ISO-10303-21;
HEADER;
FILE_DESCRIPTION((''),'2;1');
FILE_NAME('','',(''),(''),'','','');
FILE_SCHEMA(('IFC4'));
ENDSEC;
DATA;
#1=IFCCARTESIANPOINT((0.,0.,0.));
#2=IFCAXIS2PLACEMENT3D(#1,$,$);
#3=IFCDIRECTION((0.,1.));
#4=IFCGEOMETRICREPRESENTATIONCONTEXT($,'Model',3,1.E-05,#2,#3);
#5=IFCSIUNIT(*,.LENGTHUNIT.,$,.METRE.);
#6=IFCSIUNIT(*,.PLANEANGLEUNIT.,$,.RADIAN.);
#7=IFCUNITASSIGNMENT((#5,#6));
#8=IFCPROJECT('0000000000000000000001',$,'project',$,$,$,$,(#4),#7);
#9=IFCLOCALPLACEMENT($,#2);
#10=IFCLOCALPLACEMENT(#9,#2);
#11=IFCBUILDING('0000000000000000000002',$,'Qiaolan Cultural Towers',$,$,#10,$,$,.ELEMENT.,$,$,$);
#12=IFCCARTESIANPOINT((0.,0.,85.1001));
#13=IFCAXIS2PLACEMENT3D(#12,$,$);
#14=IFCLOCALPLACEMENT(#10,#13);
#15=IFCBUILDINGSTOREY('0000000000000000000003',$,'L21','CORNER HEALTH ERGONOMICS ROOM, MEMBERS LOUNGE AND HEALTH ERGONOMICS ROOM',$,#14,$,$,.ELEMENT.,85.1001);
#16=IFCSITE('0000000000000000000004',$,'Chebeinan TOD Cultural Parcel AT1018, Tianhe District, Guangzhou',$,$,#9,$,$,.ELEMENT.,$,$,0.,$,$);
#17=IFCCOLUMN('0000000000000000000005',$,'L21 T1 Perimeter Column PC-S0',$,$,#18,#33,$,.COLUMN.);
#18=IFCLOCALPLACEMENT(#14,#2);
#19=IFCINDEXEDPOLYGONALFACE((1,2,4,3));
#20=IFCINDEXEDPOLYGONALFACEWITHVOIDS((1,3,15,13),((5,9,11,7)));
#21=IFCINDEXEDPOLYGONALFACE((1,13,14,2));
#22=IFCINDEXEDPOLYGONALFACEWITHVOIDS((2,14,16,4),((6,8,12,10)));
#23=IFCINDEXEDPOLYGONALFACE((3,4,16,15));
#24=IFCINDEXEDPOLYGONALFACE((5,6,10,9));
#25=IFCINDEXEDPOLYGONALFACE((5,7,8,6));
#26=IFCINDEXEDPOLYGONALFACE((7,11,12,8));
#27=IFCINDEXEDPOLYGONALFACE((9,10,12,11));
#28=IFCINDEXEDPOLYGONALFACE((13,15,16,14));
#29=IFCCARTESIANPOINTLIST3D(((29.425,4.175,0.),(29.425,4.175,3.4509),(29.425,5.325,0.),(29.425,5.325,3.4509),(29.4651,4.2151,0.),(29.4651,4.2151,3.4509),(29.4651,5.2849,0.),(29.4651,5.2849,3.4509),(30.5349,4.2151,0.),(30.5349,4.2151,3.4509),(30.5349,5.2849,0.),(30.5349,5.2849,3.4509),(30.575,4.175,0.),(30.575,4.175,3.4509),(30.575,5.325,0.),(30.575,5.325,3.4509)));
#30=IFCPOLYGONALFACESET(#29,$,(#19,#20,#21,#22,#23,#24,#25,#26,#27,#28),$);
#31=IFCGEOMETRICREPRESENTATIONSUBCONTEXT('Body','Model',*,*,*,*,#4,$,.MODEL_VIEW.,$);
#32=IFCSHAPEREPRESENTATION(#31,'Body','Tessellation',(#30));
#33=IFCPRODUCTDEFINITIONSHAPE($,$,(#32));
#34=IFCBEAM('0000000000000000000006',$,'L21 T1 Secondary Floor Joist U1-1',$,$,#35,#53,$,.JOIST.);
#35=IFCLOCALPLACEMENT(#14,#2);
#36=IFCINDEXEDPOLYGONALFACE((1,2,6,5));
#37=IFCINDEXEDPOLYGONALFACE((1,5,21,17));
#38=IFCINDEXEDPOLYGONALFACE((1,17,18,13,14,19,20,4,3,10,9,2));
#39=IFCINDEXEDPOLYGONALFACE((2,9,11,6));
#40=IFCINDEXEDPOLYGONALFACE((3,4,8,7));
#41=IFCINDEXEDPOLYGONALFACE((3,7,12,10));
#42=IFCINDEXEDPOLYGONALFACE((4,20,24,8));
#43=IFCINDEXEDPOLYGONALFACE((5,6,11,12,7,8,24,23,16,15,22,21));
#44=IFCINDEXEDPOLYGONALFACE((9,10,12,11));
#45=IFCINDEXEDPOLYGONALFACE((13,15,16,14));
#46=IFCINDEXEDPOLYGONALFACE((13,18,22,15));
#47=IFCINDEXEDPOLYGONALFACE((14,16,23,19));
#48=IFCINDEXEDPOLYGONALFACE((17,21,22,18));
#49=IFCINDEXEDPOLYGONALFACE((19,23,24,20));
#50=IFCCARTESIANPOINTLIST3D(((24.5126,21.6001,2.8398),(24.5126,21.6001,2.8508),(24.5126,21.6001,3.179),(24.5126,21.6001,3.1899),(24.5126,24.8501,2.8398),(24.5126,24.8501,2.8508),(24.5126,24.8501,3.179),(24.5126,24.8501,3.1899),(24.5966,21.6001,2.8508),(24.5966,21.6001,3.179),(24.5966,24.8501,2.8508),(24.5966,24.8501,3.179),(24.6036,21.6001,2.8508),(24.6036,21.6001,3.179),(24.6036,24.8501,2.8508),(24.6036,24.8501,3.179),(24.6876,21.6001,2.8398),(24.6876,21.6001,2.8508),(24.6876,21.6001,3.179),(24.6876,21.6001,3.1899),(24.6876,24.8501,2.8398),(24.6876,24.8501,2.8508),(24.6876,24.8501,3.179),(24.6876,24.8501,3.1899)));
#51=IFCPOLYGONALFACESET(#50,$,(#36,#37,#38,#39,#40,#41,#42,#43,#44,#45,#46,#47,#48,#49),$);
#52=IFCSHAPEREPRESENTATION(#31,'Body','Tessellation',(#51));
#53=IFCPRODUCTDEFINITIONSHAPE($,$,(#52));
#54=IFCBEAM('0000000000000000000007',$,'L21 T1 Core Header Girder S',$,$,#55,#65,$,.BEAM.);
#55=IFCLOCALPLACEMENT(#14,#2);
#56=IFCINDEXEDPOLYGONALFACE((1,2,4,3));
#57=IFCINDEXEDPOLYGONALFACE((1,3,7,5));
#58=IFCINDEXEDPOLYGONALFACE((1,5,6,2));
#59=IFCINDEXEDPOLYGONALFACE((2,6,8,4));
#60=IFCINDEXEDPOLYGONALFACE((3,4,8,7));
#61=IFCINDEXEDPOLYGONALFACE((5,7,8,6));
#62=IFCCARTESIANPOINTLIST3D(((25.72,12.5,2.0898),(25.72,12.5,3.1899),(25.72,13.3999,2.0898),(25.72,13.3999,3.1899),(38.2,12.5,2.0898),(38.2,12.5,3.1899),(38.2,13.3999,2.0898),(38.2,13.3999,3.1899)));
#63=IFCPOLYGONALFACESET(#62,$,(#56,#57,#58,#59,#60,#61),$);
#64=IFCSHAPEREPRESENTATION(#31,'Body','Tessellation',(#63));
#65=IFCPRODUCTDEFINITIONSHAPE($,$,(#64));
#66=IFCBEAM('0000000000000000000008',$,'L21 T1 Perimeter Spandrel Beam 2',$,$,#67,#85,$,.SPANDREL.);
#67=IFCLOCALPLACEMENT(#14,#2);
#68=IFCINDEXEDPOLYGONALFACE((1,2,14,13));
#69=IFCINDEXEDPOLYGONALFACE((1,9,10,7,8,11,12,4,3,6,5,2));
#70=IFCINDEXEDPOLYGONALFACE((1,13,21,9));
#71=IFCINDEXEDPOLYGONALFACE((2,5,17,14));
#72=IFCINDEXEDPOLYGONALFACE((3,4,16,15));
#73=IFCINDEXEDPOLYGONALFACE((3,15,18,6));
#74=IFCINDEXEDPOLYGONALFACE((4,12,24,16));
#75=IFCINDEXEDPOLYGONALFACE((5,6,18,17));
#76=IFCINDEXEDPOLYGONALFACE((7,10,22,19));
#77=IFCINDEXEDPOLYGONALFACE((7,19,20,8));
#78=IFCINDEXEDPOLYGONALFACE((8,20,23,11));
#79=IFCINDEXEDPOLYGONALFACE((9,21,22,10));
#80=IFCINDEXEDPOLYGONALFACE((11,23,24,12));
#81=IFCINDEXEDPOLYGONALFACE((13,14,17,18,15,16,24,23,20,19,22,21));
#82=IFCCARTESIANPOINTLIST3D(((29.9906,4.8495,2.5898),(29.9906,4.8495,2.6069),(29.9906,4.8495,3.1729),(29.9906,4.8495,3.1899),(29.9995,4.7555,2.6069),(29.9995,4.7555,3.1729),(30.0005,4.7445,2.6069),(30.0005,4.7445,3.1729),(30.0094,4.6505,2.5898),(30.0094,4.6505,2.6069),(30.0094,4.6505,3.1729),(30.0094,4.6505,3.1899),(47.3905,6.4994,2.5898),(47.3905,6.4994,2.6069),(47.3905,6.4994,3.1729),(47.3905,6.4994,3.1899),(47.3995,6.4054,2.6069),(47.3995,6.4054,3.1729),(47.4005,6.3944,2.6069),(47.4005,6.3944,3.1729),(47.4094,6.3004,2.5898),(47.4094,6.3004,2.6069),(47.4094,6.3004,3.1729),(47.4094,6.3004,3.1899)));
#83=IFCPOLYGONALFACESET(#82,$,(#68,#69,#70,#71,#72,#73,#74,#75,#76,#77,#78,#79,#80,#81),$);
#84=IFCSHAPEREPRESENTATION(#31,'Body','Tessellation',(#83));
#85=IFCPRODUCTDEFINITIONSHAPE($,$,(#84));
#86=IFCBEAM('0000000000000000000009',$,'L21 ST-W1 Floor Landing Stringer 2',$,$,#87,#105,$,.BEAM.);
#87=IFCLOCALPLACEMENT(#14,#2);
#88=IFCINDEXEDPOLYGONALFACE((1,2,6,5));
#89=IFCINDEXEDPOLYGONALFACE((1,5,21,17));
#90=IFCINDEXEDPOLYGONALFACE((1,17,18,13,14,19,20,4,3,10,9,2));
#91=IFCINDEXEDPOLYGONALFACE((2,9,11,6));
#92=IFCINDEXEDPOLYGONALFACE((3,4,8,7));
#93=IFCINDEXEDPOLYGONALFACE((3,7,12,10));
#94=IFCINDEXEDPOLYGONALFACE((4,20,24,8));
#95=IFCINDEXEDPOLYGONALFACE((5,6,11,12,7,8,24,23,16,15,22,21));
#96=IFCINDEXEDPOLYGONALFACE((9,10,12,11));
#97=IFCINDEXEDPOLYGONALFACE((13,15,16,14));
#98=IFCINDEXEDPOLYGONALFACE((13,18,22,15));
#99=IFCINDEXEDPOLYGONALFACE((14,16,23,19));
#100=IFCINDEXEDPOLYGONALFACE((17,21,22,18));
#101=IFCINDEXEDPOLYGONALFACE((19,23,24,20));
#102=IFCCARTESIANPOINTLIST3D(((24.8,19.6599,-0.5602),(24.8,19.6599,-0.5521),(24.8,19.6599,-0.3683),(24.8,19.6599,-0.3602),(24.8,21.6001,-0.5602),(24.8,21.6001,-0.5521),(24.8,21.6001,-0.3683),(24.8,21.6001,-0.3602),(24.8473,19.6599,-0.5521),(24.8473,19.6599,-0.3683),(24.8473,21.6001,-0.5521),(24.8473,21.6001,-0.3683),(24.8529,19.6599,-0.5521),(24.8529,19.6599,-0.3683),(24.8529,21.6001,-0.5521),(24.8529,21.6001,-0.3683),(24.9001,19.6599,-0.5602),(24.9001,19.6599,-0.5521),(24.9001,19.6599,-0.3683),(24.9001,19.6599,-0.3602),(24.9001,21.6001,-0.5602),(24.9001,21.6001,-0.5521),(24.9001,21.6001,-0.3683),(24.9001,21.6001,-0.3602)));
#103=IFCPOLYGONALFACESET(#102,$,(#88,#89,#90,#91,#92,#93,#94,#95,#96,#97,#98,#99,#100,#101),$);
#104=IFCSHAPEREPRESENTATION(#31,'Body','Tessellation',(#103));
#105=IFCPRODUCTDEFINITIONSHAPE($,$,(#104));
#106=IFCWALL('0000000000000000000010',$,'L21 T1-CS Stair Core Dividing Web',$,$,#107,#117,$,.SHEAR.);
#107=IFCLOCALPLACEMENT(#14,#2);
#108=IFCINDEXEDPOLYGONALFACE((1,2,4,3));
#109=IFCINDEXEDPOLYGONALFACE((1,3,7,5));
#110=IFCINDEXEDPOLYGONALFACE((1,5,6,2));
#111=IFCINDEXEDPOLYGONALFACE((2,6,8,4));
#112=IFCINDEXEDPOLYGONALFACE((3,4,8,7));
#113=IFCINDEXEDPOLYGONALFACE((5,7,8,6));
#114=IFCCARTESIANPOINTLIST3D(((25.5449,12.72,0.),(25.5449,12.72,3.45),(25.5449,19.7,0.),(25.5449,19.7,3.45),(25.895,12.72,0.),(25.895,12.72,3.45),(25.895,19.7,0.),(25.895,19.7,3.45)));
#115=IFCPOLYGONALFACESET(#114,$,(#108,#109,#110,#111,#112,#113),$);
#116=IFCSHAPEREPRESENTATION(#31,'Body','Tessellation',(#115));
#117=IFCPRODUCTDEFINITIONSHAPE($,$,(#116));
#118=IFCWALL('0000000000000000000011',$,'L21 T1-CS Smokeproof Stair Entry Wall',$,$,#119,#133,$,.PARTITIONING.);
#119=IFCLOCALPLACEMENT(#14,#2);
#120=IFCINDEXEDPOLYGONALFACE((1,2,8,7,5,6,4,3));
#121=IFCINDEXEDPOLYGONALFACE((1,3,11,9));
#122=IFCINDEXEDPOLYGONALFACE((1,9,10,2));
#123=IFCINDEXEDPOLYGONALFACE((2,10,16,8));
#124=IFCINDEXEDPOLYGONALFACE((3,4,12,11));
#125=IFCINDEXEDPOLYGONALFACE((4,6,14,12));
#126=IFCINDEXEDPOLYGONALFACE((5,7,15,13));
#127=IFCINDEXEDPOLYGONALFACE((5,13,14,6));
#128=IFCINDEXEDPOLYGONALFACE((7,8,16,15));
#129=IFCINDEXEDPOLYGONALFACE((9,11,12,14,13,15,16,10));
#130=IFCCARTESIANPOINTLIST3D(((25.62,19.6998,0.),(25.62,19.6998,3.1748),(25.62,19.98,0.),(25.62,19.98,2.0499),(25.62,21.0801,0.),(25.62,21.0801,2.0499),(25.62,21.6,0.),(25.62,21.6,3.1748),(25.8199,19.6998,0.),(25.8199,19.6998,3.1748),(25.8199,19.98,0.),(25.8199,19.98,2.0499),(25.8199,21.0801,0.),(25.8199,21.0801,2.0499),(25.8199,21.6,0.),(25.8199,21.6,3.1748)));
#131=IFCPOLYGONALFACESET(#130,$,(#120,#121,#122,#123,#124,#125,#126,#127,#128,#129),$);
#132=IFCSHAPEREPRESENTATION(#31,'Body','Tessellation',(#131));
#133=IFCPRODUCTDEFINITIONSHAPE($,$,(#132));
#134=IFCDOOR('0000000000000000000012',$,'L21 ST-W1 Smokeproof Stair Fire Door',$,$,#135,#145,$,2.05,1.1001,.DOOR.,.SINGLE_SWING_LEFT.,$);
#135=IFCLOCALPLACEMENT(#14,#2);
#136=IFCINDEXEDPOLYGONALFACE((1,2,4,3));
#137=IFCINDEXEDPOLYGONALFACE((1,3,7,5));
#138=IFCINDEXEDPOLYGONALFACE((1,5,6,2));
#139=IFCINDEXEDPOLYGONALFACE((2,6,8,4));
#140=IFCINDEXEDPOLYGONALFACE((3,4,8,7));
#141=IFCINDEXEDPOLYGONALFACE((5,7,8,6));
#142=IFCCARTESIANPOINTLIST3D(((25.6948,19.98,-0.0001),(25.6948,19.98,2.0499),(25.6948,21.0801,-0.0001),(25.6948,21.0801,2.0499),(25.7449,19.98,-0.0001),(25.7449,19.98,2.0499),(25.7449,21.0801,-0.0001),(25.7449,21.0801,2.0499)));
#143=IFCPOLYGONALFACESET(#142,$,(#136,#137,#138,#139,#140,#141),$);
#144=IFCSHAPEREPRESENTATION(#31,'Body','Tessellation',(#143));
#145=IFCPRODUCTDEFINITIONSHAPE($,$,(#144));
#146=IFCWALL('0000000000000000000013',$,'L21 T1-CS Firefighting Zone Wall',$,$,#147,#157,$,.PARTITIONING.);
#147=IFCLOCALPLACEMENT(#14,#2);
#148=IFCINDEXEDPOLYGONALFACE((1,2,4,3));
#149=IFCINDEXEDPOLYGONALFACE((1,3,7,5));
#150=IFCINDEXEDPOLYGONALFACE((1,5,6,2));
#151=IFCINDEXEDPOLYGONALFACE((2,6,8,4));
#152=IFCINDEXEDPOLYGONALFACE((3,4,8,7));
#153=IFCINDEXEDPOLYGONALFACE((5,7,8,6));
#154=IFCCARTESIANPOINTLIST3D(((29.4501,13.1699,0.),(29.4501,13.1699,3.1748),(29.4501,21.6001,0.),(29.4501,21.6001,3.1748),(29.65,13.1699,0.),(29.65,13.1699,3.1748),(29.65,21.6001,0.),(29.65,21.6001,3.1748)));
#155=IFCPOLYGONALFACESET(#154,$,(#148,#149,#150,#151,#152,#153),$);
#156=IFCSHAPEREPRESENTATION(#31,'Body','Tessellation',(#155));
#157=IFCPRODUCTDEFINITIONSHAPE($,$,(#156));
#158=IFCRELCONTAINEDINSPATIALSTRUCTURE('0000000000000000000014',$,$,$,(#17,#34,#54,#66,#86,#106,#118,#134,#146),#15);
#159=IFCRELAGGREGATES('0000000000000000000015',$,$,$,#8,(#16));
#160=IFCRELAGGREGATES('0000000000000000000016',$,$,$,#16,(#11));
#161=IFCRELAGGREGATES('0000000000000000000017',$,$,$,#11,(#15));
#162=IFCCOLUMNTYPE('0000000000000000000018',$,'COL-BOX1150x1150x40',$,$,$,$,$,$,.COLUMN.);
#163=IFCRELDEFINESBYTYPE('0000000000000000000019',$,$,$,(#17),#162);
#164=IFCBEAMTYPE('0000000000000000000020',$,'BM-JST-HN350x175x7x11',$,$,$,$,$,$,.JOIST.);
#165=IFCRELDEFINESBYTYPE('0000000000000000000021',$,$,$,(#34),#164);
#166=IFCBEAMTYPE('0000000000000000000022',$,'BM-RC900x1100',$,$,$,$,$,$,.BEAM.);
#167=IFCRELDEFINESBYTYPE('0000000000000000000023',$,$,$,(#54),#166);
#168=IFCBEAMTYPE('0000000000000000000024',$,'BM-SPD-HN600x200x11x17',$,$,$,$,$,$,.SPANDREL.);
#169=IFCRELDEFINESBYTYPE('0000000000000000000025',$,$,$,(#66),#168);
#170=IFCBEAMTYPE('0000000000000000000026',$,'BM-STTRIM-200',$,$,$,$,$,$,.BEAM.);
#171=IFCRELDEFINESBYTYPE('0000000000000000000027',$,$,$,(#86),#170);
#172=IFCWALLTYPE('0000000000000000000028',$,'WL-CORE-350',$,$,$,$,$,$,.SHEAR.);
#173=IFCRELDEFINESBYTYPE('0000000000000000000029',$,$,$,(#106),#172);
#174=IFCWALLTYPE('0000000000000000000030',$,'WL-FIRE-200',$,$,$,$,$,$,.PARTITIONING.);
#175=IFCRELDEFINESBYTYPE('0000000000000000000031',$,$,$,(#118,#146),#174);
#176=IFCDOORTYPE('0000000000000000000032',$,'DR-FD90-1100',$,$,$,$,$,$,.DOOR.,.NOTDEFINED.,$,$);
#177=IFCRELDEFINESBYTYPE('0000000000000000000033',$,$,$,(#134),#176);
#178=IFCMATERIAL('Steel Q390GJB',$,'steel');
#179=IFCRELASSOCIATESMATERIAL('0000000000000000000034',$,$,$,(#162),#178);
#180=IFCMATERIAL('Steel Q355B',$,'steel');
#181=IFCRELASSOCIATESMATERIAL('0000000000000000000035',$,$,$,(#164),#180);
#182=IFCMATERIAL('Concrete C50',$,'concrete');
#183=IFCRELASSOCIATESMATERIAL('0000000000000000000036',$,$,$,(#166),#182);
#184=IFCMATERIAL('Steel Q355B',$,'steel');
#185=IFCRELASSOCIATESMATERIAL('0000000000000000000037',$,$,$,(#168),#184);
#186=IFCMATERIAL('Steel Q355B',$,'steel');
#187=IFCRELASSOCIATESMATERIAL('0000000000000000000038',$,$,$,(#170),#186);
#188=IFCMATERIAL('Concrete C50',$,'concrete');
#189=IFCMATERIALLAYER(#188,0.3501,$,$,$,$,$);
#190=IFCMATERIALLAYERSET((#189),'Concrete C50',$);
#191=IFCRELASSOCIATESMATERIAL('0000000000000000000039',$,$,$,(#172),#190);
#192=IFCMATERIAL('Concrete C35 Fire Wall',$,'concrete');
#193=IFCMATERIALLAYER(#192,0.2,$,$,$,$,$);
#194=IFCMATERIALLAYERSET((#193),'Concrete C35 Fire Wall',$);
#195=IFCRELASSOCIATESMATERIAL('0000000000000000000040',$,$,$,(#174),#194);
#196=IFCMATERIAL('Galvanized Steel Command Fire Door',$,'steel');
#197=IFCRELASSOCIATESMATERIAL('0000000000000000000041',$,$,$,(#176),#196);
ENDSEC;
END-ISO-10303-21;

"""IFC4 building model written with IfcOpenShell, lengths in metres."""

from ifc_helpers import new_model, si_unit, direction, frame, frame_2d, origin, origin_2d, place, context, subcontext, project, spatial, rectangle, hollow_rectangle, i_section, extrude, material, layer, layer_set, material_profile, profile_set, type_object, element, fill, save


model = new_model("IFC4")

# Units and contexts
model_context = context("Model", 3, precision=1e-05, world=origin(), true_north=direction((0.0, 1.0)))
body_context = subcontext(model_context, "Body", "Model", "MODEL_VIEW")
ifc_project = project(units=[si_unit("LENGTHUNIT", "METRE"), si_unit("PLANEANGLEUNIT", "RADIAN")], contexts=[model_context])

# Site, building, storey
site_placement = place(None, origin())
site = spatial("IfcSite", under=ifc_project, at=site_placement, Name="Chebeinan TOD Cultural Parcel AT1018, Tianhe District, Guangzhou", CompositionType="ELEMENT", RefElevation=0.0)
building_placement = place(site_placement, origin())
building = spatial("IfcBuilding", under=site, at=building_placement, Name="Qiaolan Cultural Towers", CompositionType="ELEMENT")
storey_placement = place(building_placement, frame((0.0, 0.0, 85.1001)))
storey = spatial("IfcBuildingStorey", under=building, at=storey_placement, Name="L21", Description="CORNER HEALTH ERGONOMICS ROOM, MEMBERS LOUNGE AND HEALTH ERGONOMICS ROOM", CompositionType="ELEMENT", Elevation=85.1001)

# Column
ifc_material_1 = material(Name="Steel Q390GJB", Category="steel")
ifc_material_profile_1 = material_profile(ifc_material_1, hollow_rectangle(XDim=1.1499, YDim=1.1499, WallThickness=0.04, at=origin_2d()), Name="BOX1150x1150x40")
ifc_profile_set_1 = profile_set([ifc_material_profile_1], Name="Steel Q390GJB")
column_type = type_object("IfcColumnType", Name="COL-BOX1150x1150x40", PredefinedType="COLUMN", material=ifc_profile_set_1)
column_placement = place(storey_placement, frame((30.0, 4.75, 0.0), z_axis=(0.0, 0.0, 1.0), x_axis=(1.0, 0.0, 0.0)))
element("IfcColumn", 1, at=column_placement, inside=storey, type_object=column_type, Name="L21 T1 Perimeter Column PC-S0", PredefinedType="COLUMN", context=body_context, shape_type="SweptSolid", body=[
    extrude(hollow_rectangle(XDim=1.1499, YDim=1.1499, WallThickness=0.04, at=origin_2d()), origin(), (0.0, 0.0, 1.0), 3.4509),
])

# Beams
ifc_material_2 = material(Name="Steel Q355B", Category="steel")
ifc_material_profile_2 = material_profile(ifc_material_2, i_section(OverallWidth=0.175, OverallDepth=0.3501, WebThickness=0.0071, FlangeThickness=0.011, at=origin_2d()), Name="HN350x175x7x11")
ifc_profile_set_2 = profile_set([ifc_material_profile_2], Name="Steel Q355B")
beam_type_1 = type_object("IfcBeamType", Name="BM-JST-HN350x175x7x11", PredefinedType="JOIST", material=ifc_profile_set_2)
beam_1_placement = place(storey_placement, frame((24.6001, 21.6001, 3.0149), z_axis=(0.0, 1.0, 0.0), x_axis=(-1.0, 0.0, 0.0)))
element("IfcBeam", 2, at=beam_1_placement, inside=storey, type_object=beam_type_1, Name="L21 T1 Secondary Floor Joist U1-1", PredefinedType="JOIST", context=body_context, shape_type="SweptSolid", body=[
    extrude(i_section(OverallWidth=0.175, OverallDepth=0.3501, WebThickness=0.0071, FlangeThickness=0.011, at=origin_2d()), origin(), (0.0, 0.0, 1.0), 3.25),
])
ifc_material_3 = material(Name="Concrete C50", Category="concrete")
ifc_material_profile_3 = material_profile(ifc_material_3, rectangle(XDim=0.8999, YDim=1.1001, at=origin_2d()), Name="RC900x1100")
ifc_profile_set_3 = profile_set([ifc_material_profile_3], Name="Concrete C50")
beam_type_2 = type_object("IfcBeamType", Name="BM-RC900x1100", PredefinedType="BEAM", material=ifc_profile_set_3)
beam_2_placement = place(storey_placement, frame((25.72, 12.95, 2.6399), z_axis=(1.0, 0.0, 0.0), x_axis=(0.0, 1.0, 0.0)))
element("IfcBeam", 3, at=beam_2_placement, inside=storey, type_object=beam_type_2, Name="L21 T1 Core Header Girder S", PredefinedType="BEAM", context=body_context, shape_type="SweptSolid", body=[
    extrude(rectangle(XDim=0.8999, YDim=1.1001, at=origin_2d()), origin(), (0.0, 0.0, 1.0), 12.48),
])
ifc_material_4 = material(Name="Steel Q355B", Category="steel")
ifc_material_profile_4 = material_profile(ifc_material_4, i_section(OverallWidth=0.2, OverallDepth=0.6001, WebThickness=0.011, FlangeThickness=0.0171, at=origin_2d()), Name="HN600x200x11x17")
ifc_profile_set_4 = profile_set([ifc_material_profile_4], Name="Steel Q355B")
beam_type_3 = type_object("IfcBeamType", Name="BM-SPD-HN600x200x11x17", PredefinedType="SPANDREL", material=ifc_profile_set_4)
beam_3_placement = place(storey_placement, frame((30.0, 4.75, 2.8899), z_axis=(0.995534, 0.094399, 0.0), x_axis=(-0.094399, 0.995534, 0.0)))
element("IfcBeam", 4, at=beam_3_placement, inside=storey, type_object=beam_type_3, Name="L21 T1 Perimeter Spandrel Beam 2", PredefinedType="SPANDREL", context=body_context, shape_type="SweptSolid", body=[
    extrude(i_section(OverallWidth=0.2, OverallDepth=0.6001, WebThickness=0.011, FlangeThickness=0.0171, at=origin_2d()), origin(), (0.0, 0.0, 1.0), 17.478),
])
ifc_material_5 = material(Name="Steel Q355B", Category="steel")
ifc_material_profile_5 = material_profile(ifc_material_5, i_section(OverallWidth=0.1001, OverallDepth=0.2, WebThickness=0.0056, FlangeThickness=0.0081, at=origin_2d()), Name="HN200x100x5.5x8")
ifc_profile_set_5 = profile_set([ifc_material_profile_5], Name="Steel Q355B")
beam_type_4 = type_object("IfcBeamType", Name="BM-STTRIM-200", PredefinedType="BEAM", material=ifc_profile_set_5)
beam_4_placement = place(storey_placement, frame((24.8501, 21.6001, -0.4602), z_axis=(0.0, -1.0, 0.0), x_axis=(1.0, 0.0, 0.0)))
element("IfcBeam", 5, at=beam_4_placement, inside=storey, type_object=beam_type_4, Name="L21 ST-W1 Floor Landing Stringer 2", PredefinedType="BEAM", context=body_context, shape_type="SweptSolid", body=[
    extrude(i_section(OverallWidth=0.1001, OverallDepth=0.2, WebThickness=0.0056, FlangeThickness=0.0081, at=origin_2d()), origin(), (0.0, 0.0, 1.0), 1.9402),
])

# Wall
ifc_material_6 = material(Name="Concrete C50", Category="concrete")
ifc_layer_1 = layer(ifc_material_6, 0.3501)
ifc_layer_set_1 = layer_set([ifc_layer_1], Name="Concrete C50")
wall_type_1 = type_object("IfcWallType", Name="WL-CORE-350", PredefinedType="SHEAR", material=ifc_layer_set_1)
wall_1_placement = place(storey_placement, frame((25.72, 19.7, 0.0), z_axis=(0.0, 0.0, 1.0), x_axis=(0.0, -1.0, 0.0)))
element("IfcWall", 6, at=wall_1_placement, inside=storey, type_object=wall_type_1, Name="L21 T1-CS Stair Core Dividing Web", PredefinedType="SHEAR", context=body_context, shape_type="SweptSolid", body=[
    extrude(rectangle(XDim=6.98, YDim=0.3501, at=frame_2d((3.49, 0.0))), origin(), (0.0, 0.0, 1.0), 3.45),
])

# Wall, opening, door
ifc_material_7 = material(Name="Concrete C35 Fire Wall", Category="concrete")
ifc_layer_2 = layer(ifc_material_7, 0.2)
ifc_layer_set_2 = layer_set([ifc_layer_2], Name="Concrete C35 Fire Wall")
wall_type_2 = type_object("IfcWallType", Name="WL-FIRE-200", PredefinedType="PARTITIONING", material=ifc_layer_set_2)
wall_2_placement = place(storey_placement, frame((25.72, 21.6001, 0.0), z_axis=(0.0, 0.0, 1.0), x_axis=(0.0, -1.0, 0.0)))
wall_2 = element("IfcWall", 7, at=wall_2_placement, inside=storey, type_object=wall_type_2, Name="L21 T1-CS Smokeproof Stair Entry Wall", PredefinedType="PARTITIONING", context=body_context, shape_type="SweptSolid", body=[
    extrude(rectangle(XDim=1.9001, YDim=0.2, at=frame_2d((0.9502, 0.0))), origin(), (0.0, 0.0, 1.0), 3.1748),
])
opening_1_placement = place(wall_2_placement, frame((0.52, 0.0, 0.0)))
opening_1 = element("IfcOpeningElement", 8, at=opening_1_placement, cuts=wall_2, PredefinedType="OPENING", context=body_context, shape_type="SweptSolid", body=[
    extrude(rectangle(XDim=1.1001, YDim=2.05, at=frame_2d((0.55, 1.0249))), frame((0.0, 0.1099, 0.0), z_axis=(0.0, -1.0, 0.0), x_axis=(1.0, 0.0, 0.0)), (0.0, 0.0, 1.0), 0.22),
])
ifc_material_8 = material(Name="Galvanized Steel Command Fire Door", Category="steel")
door_type_1 = type_object("IfcDoorType", Name="DR-FD90-1100", OperationType="NOTDEFINED", PredefinedType="DOOR", material=ifc_material_8)
door_1_placement = place(opening_1_placement, origin())
door_1 = element("IfcDoor", 9, at=door_1_placement, inside=storey, type_object=door_type_1, Name="L21 ST-W1 Smokeproof Stair Fire Door", OperationType="SINGLE_SWING_LEFT", OverallHeight=2.05, OverallWidth=1.1001, PredefinedType="DOOR", context=body_context, shape_type="SweptSolid", body=[
    extrude(rectangle(XDim=1.1001, YDim=2.05, at=frame_2d((0.55, 1.0249))), frame((0.0, 0.0249, 0.0), z_axis=(0.0, -1.0, 0.0), x_axis=(1.0, 0.0, 0.0)), (0.0, 0.0, 1.0), 0.05),
])
fill(opening_1, door_1)

# Wall
wall_3_placement = place(storey_placement, frame((29.55, 21.6001, 0.0), z_axis=(0.0, 0.0, 1.0), x_axis=(0.0, -1.0, 0.0)))
element("IfcWall", 10, at=wall_3_placement, inside=storey, type_object=wall_type_2, Name="L21 T1-CS Firefighting Zone Wall", PredefinedType="PARTITIONING", context=body_context, shape_type="SweptSolid", body=[
    extrude(rectangle(XDim=8.4302, YDim=0.2, at=frame_2d((4.2151, 0.0))), origin(), (0.0, 0.0, 1.0), 3.1748),
])

save(model, "model.ifc")
